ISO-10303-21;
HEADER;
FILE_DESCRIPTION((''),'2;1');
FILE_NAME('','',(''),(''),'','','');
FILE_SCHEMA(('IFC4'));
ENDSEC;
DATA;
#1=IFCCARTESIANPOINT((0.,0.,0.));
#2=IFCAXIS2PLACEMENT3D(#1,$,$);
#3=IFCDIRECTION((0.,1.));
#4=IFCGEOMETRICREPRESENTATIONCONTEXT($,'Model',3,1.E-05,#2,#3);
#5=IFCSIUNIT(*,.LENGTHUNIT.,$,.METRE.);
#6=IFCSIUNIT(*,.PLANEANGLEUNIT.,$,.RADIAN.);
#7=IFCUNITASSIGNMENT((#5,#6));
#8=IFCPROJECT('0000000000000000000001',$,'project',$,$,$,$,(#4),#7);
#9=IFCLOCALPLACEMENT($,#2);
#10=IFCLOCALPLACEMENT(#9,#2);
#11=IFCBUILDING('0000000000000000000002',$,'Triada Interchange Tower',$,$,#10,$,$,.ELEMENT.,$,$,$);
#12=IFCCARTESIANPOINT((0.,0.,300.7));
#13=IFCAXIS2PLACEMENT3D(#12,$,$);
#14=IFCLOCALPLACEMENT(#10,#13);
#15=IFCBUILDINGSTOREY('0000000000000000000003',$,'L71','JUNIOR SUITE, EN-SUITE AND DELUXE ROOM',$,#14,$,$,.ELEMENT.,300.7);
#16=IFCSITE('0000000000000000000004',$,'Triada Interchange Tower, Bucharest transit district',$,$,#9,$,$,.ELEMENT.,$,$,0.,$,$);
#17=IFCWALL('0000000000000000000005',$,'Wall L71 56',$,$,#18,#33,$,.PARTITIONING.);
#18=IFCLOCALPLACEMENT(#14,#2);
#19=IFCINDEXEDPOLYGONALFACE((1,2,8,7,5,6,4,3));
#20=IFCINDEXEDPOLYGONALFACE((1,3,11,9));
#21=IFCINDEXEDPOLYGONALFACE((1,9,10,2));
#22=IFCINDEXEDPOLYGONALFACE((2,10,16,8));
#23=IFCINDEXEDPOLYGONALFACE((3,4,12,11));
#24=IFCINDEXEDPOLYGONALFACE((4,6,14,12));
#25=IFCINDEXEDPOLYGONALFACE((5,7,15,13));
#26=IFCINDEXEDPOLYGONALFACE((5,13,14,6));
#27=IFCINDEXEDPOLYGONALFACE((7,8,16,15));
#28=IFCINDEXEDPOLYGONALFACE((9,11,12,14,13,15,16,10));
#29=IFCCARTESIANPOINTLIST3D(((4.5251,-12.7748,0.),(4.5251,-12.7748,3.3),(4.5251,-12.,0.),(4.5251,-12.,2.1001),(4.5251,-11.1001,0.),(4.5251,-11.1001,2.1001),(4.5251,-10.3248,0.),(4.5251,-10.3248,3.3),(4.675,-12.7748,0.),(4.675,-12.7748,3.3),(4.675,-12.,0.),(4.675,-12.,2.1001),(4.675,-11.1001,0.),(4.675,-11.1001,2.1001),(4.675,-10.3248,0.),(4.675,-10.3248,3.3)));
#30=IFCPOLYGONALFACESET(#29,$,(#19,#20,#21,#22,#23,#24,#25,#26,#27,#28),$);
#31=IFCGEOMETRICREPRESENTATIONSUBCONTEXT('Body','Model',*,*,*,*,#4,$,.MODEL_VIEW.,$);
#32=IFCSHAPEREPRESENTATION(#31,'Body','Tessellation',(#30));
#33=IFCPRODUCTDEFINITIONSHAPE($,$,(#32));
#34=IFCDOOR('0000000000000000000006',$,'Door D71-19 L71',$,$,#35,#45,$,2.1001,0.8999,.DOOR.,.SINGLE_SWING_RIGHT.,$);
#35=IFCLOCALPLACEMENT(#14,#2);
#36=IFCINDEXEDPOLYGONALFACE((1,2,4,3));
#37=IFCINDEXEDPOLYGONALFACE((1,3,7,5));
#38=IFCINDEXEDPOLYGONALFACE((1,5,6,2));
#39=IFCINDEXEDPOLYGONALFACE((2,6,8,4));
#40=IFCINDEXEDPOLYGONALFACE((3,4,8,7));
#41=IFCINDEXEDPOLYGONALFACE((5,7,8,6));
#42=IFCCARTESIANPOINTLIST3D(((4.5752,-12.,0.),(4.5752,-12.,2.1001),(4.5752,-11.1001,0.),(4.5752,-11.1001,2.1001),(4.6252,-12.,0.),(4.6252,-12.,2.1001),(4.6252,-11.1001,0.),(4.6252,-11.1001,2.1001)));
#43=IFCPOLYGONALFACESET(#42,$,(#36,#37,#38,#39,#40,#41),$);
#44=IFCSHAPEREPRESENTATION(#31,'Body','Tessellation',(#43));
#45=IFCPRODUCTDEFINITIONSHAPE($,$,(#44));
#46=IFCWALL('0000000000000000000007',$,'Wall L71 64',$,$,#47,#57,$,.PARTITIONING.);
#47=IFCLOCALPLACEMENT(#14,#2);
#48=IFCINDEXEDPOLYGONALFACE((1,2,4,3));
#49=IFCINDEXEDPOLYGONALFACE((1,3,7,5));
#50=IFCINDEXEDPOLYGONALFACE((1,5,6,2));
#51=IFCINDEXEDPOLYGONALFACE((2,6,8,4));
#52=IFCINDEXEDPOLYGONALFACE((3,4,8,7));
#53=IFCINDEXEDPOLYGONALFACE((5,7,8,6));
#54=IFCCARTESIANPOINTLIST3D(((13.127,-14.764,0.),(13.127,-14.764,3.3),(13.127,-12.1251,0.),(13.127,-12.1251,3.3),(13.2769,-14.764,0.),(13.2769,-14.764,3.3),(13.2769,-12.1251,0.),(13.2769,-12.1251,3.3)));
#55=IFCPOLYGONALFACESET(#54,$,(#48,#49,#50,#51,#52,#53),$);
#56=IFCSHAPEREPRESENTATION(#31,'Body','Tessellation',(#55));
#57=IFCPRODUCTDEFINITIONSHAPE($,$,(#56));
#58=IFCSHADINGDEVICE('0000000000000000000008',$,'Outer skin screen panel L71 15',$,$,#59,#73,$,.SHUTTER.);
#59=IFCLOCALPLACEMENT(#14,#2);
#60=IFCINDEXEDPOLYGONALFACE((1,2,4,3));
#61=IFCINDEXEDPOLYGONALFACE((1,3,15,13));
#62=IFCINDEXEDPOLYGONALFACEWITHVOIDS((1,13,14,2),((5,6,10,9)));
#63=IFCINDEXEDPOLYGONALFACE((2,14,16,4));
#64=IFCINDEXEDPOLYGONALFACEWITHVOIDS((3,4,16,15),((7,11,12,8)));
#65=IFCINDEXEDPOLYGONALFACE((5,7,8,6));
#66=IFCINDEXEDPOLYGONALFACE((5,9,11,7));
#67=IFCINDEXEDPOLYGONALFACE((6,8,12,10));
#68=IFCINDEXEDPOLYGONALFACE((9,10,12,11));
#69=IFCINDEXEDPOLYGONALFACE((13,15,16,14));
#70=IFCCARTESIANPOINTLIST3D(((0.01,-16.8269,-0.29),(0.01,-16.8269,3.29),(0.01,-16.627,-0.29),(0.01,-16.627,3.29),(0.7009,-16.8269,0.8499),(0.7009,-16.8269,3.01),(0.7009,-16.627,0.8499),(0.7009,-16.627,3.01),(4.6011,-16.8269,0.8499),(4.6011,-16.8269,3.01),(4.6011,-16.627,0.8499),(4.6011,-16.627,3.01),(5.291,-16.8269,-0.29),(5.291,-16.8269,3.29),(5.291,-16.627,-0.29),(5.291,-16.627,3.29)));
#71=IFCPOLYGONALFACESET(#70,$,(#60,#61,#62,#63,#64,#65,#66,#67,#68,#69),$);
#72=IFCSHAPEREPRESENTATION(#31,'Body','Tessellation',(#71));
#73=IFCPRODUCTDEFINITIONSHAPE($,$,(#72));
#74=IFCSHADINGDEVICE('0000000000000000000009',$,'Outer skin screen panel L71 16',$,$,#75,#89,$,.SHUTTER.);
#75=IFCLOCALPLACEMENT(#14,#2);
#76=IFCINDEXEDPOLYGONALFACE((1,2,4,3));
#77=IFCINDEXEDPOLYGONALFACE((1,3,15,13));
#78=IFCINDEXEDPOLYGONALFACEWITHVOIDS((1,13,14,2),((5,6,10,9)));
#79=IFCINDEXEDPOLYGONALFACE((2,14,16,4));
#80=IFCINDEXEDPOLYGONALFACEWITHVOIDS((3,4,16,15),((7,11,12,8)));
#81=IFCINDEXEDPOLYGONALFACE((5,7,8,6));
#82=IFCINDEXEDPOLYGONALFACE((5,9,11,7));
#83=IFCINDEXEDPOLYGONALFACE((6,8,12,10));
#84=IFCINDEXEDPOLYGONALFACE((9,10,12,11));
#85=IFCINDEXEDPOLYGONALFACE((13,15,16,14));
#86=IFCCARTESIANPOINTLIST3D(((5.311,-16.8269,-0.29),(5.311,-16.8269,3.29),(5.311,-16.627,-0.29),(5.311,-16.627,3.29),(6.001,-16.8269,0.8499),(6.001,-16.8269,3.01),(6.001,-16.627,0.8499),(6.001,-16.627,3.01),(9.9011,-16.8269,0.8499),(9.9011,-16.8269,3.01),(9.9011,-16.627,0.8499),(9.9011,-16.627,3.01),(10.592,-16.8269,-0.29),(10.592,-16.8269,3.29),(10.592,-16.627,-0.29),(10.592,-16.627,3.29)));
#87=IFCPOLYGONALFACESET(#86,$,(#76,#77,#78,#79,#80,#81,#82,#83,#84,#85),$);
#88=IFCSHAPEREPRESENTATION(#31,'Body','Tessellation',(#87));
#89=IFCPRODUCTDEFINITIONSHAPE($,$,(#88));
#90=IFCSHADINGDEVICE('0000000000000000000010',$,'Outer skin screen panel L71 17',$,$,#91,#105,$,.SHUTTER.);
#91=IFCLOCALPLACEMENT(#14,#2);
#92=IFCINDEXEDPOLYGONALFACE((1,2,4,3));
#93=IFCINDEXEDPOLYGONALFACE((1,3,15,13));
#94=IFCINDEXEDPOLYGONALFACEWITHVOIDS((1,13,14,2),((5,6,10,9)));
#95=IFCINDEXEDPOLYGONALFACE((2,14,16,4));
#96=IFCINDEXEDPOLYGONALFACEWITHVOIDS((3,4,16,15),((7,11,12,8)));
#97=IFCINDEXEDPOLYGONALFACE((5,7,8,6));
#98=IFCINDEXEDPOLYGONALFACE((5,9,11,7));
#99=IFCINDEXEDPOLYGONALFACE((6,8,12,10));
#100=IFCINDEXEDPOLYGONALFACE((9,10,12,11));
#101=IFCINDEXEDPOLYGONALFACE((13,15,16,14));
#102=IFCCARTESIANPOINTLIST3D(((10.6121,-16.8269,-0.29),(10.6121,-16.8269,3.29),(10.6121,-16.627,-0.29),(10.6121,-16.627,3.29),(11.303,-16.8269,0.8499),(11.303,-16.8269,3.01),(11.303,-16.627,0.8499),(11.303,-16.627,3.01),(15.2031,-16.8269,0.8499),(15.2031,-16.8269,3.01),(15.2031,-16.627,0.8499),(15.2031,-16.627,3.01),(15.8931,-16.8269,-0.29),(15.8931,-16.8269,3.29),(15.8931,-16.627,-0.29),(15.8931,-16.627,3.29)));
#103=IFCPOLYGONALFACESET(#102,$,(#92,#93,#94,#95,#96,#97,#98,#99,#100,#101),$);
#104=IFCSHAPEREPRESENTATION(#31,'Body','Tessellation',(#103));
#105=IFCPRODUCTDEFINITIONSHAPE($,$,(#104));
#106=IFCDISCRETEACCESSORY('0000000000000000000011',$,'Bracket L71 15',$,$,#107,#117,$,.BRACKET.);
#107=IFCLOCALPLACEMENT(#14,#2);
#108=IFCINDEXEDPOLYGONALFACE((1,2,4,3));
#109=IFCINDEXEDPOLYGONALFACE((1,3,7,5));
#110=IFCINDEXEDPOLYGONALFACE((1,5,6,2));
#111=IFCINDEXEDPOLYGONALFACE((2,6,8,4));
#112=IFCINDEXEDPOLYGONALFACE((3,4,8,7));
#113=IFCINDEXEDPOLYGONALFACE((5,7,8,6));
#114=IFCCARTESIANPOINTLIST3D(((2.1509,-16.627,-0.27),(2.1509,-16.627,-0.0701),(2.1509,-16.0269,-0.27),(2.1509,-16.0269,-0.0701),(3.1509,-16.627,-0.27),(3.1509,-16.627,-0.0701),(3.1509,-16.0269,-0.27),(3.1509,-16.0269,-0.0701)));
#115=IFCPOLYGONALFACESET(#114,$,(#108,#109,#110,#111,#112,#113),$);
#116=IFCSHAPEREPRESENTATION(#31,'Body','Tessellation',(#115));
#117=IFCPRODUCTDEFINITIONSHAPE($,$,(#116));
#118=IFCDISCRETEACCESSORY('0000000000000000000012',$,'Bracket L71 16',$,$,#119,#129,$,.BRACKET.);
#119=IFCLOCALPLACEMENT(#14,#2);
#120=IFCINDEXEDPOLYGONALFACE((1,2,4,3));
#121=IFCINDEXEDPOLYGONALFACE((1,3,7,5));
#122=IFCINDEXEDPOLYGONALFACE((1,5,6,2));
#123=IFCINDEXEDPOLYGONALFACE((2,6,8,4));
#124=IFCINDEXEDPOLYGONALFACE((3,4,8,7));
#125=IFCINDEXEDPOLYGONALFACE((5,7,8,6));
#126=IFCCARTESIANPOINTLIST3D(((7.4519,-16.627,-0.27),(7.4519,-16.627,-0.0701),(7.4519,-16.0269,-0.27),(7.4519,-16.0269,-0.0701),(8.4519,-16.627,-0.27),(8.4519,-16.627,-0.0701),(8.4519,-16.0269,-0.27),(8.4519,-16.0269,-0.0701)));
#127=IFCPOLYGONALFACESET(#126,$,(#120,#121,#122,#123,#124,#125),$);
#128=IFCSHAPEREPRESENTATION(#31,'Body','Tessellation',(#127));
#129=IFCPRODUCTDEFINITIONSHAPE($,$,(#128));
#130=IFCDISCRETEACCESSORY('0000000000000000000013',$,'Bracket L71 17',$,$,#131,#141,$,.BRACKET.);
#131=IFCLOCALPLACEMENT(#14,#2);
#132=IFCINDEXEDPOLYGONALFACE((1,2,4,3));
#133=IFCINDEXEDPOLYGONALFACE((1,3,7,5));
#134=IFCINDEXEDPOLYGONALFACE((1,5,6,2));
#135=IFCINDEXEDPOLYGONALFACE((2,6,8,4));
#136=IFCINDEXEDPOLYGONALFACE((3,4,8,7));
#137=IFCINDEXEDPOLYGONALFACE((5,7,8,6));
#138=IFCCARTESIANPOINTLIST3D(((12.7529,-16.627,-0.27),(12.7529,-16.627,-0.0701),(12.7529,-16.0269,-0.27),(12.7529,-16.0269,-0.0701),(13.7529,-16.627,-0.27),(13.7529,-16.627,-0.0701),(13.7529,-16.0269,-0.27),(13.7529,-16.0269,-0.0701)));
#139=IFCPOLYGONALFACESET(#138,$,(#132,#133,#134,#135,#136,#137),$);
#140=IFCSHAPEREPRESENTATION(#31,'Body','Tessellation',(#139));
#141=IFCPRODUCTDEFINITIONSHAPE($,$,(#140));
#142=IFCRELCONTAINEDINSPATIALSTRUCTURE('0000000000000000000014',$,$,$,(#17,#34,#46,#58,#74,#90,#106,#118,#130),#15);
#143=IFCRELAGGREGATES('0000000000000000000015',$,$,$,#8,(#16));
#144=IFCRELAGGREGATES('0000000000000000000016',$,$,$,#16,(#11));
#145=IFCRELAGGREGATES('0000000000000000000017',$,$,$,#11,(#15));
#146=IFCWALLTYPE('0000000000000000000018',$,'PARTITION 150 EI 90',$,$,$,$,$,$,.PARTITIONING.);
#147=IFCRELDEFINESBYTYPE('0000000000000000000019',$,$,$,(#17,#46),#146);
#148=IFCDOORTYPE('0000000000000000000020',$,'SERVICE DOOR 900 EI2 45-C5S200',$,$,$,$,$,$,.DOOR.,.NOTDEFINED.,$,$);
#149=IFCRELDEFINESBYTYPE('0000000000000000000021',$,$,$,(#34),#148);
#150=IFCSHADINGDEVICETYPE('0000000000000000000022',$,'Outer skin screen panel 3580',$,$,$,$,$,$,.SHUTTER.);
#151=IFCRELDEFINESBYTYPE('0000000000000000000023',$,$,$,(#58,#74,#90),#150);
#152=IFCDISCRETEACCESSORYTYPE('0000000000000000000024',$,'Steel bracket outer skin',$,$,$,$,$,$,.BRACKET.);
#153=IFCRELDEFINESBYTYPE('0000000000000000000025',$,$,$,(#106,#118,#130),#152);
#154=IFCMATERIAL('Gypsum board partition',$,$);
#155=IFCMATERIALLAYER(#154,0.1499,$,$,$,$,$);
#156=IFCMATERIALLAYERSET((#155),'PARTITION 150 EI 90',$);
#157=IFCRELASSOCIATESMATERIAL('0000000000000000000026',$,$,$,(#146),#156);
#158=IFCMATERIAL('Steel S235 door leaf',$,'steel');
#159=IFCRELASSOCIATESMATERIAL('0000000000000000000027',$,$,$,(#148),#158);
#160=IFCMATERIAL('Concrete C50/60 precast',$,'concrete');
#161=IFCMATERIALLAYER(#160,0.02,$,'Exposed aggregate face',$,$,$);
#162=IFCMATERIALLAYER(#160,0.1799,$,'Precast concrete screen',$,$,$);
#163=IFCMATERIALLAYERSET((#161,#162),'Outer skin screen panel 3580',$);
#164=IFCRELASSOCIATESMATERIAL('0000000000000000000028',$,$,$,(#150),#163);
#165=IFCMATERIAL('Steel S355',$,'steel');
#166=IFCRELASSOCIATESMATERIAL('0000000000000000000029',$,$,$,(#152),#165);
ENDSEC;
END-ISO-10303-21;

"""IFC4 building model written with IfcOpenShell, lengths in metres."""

from ifc_helpers import new_model, si_unit, direction, frame, frame_2d, origin, origin_2d, place, context, subcontext, project, spatial, polyline, rectangle, outline, extrude, material, layer, layer_set, type_object, element, fill, save


model = new_model("IFC4")

# Units and contexts
model_context = context("Model", 3, precision=1e-05, world=origin(), true_north=direction((0.0, 1.0)))
body_context = subcontext(model_context, "Body", "Model", "MODEL_VIEW")
ifc_project = project(units=[si_unit("LENGTHUNIT", "METRE"), si_unit("PLANEANGLEUNIT", "RADIAN")], contexts=[model_context])

# Site, building, storey
site_placement = place(None, origin())
site = spatial("IfcSite", under=ifc_project, at=site_placement, Name="Triada Interchange Tower, Bucharest transit district", CompositionType="ELEMENT", RefElevation=0.0)
building_placement = place(site_placement, origin())
building = spatial("IfcBuilding", under=site, at=building_placement, Name="Triada Interchange Tower", CompositionType="ELEMENT")
storey_placement = place(building_placement, frame((0.0, 0.0, 300.7)))
storey = spatial("IfcBuildingStorey", under=building, at=storey_placement, Name="L71", Description="JUNIOR SUITE, EN-SUITE AND DELUXE ROOM", CompositionType="ELEMENT", Elevation=300.7)

# Shared definitions
ifc_material_1 = material(Name="Gypsum board partition")
ifc_layer_1 = layer(ifc_material_1, 0.1499)
ifc_layer_set_1 = layer_set([ifc_layer_1], Name="PARTITION 150 EI 90")
wall_type_1 = type_object("IfcWallType", Name="PARTITION 150 EI 90", PredefinedType="PARTITIONING", material=ifc_layer_set_1)

# Shared definitions
ifc_material_2 = material(Name="Steel S235 door leaf", Category="steel")

# Wall, opening, door
wall_1_placement = place(storey_placement, frame((4.6001, -12.7749, 0.0), z_axis=(0.0, 0.0, 1.0), x_axis=(0.0, 1.0, 0.0)))
wall_1 = element("IfcWall", 1, at=wall_1_placement, inside=storey, type_object=wall_type_1, Name="Wall L71 56", PredefinedType="PARTITIONING", context=body_context, shape_type="SweptSolid", body=[
    extrude(rectangle(XDim=2.45, YDim=0.1499, at=frame_2d((1.2251, 0.0))), origin(), (0.0, 0.0, 1.0), 3.3),
])
opening_1_placement = place(wall_1_placement, frame((0.7749, 0.0, 0.0)))
opening_1 = element("IfcOpeningElement", 2, at=opening_1_placement, cuts=wall_1, PredefinedType="OPENING", context=body_context, shape_type="SweptSolid", body=[
    extrude(rectangle(XDim=0.8999, YDim=2.1001, at=frame_2d((0.45, 1.05))), frame((0.0, 0.085, 0.0), z_axis=(0.0, -1.0, 0.0), x_axis=(1.0, 0.0, 0.0)), (0.0, 0.0, 1.0), 0.1699),
])
door_type_1 = type_object("IfcDoorType", Name="SERVICE DOOR 900 EI2 45-C5S200", OperationType="NOTDEFINED", PredefinedType="DOOR", material=ifc_material_2)
door_1_placement = place(opening_1_placement, origin())
door_1 = element("IfcDoor", 3, at=door_1_placement, inside=storey, type_object=door_type_1, Name="Door D71-19 L71", OperationType="SINGLE_SWING_RIGHT", OverallHeight=2.1001, OverallWidth=0.8999, PredefinedType="DOOR", context=body_context, shape_type="SweptSolid", body=[
    extrude(rectangle(XDim=0.8999, YDim=2.1001, at=frame_2d((0.45, 1.05))), frame((0.0, 0.0249, 0.0), z_axis=(0.0, -1.0, 0.0), x_axis=(1.0, 0.0, 0.0)), (0.0, 0.0, 1.0), 0.05),
])
fill(opening_1, door_1)

# Wall
wall_2_placement = place(storey_placement, frame((13.2019, -14.7639, 0.0), z_axis=(0.0, 0.0, 1.0), x_axis=(0.0, 1.0, 0.0)))
element("IfcWall", 4, at=wall_2_placement, inside=storey, type_object=wall_type_1, Name="Wall L71 64", PredefinedType="PARTITIONING", context=body_context, shape_type="SweptSolid", body=[
    extrude(rectangle(XDim=2.6389, YDim=0.1499, at=frame_2d((1.3193, 0.0))), origin(), (0.0, 0.0, 1.0), 3.3),
])

# Shading devices
ifc_material_3 = material(Name="Concrete C50/60 precast", Category="concrete")
ifc_layer_2 = layer(ifc_material_3, 0.02, Name="Exposed aggregate face")
ifc_layer_3 = layer(ifc_material_3, 0.1799, Name="Precast concrete screen")
ifc_layer_set_2 = layer_set([ifc_layer_2, ifc_layer_3], Name="Outer skin screen panel 3580")
shading_device_type = type_object("IfcShadingDeviceType", Name="Outer skin screen panel 3580", PredefinedType="SHUTTER", material=ifc_layer_set_2)
shading_device_1_placement = place(storey_placement, frame((0.01, -16.627, -0.29), z_axis=(0.0, 0.0, 1.0), x_axis=(1.0, 0.0, 0.0)))
element("IfcShadingDevice", 5, at=shading_device_1_placement, inside=storey, type_object=shading_device_type, Name="Outer skin screen panel L71 15", PredefinedType="SHUTTER", context=body_context, shape_type="SweptSolid", body=[
    extrude(outline(polyline([(0.0, 0.0), (5.281, 0.0), (5.281, 3.5801), (0.0, 3.5801), (0.0, 0.0)]), holes=[polyline([(0.6909, 1.1399), (0.6909, 3.3), (4.5911, 3.3), (4.5911, 1.1399), (0.6909, 1.1399)])]), frame((0.0, 0.0, 0.0), z_axis=(0.0, -1.0, 0.0), x_axis=(1.0, 0.0, 0.0)), (0.0, 0.0, 1.0), 0.2),
])
shading_device_2_placement = place(storey_placement, frame((5.311, -16.627, -0.29), z_axis=(0.0, 0.0, 1.0), x_axis=(1.0, 0.0, 0.0)))
element("IfcShadingDevice", 6, at=shading_device_2_placement, inside=storey, type_object=shading_device_type, Name="Outer skin screen panel L71 16", PredefinedType="SHUTTER", context=body_context, shape_type="SweptSolid", body=[
    extrude(outline(polyline([(0.0, 0.0), (5.281, 0.0), (5.281, 3.5801), (0.0, 3.5801), (0.0, 0.0)]), holes=[polyline([(0.6899, 1.1399), (0.6899, 3.3), (4.5901, 3.3), (4.5901, 1.1399), (0.6899, 1.1399)])]), frame((0.0, 0.0, 0.0), z_axis=(0.0, -1.0, 0.0), x_axis=(1.0, 0.0, 0.0)), (0.0, 0.0, 1.0), 0.2),
])
shading_device_3_placement = place(storey_placement, frame((10.6121, -16.627, -0.29), z_axis=(0.0, 0.0, 1.0), x_axis=(1.0, 0.0, 0.0)))
element("IfcShadingDevice", 7, at=shading_device_3_placement, inside=storey, type_object=shading_device_type, Name="Outer skin screen panel L71 17", PredefinedType="SHUTTER", context=body_context, shape_type="SweptSolid", body=[
    extrude(outline(polyline([(0.0, 0.0), (5.281, 0.0), (5.281, 3.5801), (0.0, 3.5801), (0.0, 0.0)]), holes=[polyline([(0.6909, 1.1399), (0.6909, 3.3), (4.5911, 3.3), (4.5911, 1.1399), (0.6909, 1.1399)])]), frame((0.0, 0.0, 0.0), z_axis=(0.0, -1.0, 0.0), x_axis=(1.0, 0.0, 0.0)), (0.0, 0.0, 1.0), 0.2),
])

# Discrete accessories
ifc_material_4 = material(Name="Steel S355", Category="steel")
discrete_accessory_type = type_object("IfcDiscreteAccessoryType", Name="Steel bracket outer skin", PredefinedType="BRACKET", material=ifc_material_4)
for number, where, z_axis, x_axis, name in (
    (8, (2.6509, -16.3269, -0.27), (0.0, 0.0, 1.0), (0.0, -1.0, 0.0), "Bracket L71 15"),
    (9, (7.9519, -16.3269, -0.27), (0.0, 0.0, 1.0), (0.0, -1.0, 0.0), "Bracket L71 16"),
    (10, (13.2529, -16.3269, -0.27), (0.0, 0.0, 1.0), (0.0, -1.0, 0.0), "Bracket L71 17"),
):
    element("IfcDiscreteAccessory", number, at=place(storey_placement, frame(where, z_axis=z_axis, x_axis=x_axis)), inside=storey, type_object=discrete_accessory_type, Name=name, PredefinedType="BRACKET", context=body_context, shape_type="SweptSolid", body=[
        extrude(rectangle(XDim=0.6001, YDim=1.0, at=origin_2d()), origin(), (0.0, 0.0, 1.0), 0.2),
    ])

save(model, "model.ifc")
